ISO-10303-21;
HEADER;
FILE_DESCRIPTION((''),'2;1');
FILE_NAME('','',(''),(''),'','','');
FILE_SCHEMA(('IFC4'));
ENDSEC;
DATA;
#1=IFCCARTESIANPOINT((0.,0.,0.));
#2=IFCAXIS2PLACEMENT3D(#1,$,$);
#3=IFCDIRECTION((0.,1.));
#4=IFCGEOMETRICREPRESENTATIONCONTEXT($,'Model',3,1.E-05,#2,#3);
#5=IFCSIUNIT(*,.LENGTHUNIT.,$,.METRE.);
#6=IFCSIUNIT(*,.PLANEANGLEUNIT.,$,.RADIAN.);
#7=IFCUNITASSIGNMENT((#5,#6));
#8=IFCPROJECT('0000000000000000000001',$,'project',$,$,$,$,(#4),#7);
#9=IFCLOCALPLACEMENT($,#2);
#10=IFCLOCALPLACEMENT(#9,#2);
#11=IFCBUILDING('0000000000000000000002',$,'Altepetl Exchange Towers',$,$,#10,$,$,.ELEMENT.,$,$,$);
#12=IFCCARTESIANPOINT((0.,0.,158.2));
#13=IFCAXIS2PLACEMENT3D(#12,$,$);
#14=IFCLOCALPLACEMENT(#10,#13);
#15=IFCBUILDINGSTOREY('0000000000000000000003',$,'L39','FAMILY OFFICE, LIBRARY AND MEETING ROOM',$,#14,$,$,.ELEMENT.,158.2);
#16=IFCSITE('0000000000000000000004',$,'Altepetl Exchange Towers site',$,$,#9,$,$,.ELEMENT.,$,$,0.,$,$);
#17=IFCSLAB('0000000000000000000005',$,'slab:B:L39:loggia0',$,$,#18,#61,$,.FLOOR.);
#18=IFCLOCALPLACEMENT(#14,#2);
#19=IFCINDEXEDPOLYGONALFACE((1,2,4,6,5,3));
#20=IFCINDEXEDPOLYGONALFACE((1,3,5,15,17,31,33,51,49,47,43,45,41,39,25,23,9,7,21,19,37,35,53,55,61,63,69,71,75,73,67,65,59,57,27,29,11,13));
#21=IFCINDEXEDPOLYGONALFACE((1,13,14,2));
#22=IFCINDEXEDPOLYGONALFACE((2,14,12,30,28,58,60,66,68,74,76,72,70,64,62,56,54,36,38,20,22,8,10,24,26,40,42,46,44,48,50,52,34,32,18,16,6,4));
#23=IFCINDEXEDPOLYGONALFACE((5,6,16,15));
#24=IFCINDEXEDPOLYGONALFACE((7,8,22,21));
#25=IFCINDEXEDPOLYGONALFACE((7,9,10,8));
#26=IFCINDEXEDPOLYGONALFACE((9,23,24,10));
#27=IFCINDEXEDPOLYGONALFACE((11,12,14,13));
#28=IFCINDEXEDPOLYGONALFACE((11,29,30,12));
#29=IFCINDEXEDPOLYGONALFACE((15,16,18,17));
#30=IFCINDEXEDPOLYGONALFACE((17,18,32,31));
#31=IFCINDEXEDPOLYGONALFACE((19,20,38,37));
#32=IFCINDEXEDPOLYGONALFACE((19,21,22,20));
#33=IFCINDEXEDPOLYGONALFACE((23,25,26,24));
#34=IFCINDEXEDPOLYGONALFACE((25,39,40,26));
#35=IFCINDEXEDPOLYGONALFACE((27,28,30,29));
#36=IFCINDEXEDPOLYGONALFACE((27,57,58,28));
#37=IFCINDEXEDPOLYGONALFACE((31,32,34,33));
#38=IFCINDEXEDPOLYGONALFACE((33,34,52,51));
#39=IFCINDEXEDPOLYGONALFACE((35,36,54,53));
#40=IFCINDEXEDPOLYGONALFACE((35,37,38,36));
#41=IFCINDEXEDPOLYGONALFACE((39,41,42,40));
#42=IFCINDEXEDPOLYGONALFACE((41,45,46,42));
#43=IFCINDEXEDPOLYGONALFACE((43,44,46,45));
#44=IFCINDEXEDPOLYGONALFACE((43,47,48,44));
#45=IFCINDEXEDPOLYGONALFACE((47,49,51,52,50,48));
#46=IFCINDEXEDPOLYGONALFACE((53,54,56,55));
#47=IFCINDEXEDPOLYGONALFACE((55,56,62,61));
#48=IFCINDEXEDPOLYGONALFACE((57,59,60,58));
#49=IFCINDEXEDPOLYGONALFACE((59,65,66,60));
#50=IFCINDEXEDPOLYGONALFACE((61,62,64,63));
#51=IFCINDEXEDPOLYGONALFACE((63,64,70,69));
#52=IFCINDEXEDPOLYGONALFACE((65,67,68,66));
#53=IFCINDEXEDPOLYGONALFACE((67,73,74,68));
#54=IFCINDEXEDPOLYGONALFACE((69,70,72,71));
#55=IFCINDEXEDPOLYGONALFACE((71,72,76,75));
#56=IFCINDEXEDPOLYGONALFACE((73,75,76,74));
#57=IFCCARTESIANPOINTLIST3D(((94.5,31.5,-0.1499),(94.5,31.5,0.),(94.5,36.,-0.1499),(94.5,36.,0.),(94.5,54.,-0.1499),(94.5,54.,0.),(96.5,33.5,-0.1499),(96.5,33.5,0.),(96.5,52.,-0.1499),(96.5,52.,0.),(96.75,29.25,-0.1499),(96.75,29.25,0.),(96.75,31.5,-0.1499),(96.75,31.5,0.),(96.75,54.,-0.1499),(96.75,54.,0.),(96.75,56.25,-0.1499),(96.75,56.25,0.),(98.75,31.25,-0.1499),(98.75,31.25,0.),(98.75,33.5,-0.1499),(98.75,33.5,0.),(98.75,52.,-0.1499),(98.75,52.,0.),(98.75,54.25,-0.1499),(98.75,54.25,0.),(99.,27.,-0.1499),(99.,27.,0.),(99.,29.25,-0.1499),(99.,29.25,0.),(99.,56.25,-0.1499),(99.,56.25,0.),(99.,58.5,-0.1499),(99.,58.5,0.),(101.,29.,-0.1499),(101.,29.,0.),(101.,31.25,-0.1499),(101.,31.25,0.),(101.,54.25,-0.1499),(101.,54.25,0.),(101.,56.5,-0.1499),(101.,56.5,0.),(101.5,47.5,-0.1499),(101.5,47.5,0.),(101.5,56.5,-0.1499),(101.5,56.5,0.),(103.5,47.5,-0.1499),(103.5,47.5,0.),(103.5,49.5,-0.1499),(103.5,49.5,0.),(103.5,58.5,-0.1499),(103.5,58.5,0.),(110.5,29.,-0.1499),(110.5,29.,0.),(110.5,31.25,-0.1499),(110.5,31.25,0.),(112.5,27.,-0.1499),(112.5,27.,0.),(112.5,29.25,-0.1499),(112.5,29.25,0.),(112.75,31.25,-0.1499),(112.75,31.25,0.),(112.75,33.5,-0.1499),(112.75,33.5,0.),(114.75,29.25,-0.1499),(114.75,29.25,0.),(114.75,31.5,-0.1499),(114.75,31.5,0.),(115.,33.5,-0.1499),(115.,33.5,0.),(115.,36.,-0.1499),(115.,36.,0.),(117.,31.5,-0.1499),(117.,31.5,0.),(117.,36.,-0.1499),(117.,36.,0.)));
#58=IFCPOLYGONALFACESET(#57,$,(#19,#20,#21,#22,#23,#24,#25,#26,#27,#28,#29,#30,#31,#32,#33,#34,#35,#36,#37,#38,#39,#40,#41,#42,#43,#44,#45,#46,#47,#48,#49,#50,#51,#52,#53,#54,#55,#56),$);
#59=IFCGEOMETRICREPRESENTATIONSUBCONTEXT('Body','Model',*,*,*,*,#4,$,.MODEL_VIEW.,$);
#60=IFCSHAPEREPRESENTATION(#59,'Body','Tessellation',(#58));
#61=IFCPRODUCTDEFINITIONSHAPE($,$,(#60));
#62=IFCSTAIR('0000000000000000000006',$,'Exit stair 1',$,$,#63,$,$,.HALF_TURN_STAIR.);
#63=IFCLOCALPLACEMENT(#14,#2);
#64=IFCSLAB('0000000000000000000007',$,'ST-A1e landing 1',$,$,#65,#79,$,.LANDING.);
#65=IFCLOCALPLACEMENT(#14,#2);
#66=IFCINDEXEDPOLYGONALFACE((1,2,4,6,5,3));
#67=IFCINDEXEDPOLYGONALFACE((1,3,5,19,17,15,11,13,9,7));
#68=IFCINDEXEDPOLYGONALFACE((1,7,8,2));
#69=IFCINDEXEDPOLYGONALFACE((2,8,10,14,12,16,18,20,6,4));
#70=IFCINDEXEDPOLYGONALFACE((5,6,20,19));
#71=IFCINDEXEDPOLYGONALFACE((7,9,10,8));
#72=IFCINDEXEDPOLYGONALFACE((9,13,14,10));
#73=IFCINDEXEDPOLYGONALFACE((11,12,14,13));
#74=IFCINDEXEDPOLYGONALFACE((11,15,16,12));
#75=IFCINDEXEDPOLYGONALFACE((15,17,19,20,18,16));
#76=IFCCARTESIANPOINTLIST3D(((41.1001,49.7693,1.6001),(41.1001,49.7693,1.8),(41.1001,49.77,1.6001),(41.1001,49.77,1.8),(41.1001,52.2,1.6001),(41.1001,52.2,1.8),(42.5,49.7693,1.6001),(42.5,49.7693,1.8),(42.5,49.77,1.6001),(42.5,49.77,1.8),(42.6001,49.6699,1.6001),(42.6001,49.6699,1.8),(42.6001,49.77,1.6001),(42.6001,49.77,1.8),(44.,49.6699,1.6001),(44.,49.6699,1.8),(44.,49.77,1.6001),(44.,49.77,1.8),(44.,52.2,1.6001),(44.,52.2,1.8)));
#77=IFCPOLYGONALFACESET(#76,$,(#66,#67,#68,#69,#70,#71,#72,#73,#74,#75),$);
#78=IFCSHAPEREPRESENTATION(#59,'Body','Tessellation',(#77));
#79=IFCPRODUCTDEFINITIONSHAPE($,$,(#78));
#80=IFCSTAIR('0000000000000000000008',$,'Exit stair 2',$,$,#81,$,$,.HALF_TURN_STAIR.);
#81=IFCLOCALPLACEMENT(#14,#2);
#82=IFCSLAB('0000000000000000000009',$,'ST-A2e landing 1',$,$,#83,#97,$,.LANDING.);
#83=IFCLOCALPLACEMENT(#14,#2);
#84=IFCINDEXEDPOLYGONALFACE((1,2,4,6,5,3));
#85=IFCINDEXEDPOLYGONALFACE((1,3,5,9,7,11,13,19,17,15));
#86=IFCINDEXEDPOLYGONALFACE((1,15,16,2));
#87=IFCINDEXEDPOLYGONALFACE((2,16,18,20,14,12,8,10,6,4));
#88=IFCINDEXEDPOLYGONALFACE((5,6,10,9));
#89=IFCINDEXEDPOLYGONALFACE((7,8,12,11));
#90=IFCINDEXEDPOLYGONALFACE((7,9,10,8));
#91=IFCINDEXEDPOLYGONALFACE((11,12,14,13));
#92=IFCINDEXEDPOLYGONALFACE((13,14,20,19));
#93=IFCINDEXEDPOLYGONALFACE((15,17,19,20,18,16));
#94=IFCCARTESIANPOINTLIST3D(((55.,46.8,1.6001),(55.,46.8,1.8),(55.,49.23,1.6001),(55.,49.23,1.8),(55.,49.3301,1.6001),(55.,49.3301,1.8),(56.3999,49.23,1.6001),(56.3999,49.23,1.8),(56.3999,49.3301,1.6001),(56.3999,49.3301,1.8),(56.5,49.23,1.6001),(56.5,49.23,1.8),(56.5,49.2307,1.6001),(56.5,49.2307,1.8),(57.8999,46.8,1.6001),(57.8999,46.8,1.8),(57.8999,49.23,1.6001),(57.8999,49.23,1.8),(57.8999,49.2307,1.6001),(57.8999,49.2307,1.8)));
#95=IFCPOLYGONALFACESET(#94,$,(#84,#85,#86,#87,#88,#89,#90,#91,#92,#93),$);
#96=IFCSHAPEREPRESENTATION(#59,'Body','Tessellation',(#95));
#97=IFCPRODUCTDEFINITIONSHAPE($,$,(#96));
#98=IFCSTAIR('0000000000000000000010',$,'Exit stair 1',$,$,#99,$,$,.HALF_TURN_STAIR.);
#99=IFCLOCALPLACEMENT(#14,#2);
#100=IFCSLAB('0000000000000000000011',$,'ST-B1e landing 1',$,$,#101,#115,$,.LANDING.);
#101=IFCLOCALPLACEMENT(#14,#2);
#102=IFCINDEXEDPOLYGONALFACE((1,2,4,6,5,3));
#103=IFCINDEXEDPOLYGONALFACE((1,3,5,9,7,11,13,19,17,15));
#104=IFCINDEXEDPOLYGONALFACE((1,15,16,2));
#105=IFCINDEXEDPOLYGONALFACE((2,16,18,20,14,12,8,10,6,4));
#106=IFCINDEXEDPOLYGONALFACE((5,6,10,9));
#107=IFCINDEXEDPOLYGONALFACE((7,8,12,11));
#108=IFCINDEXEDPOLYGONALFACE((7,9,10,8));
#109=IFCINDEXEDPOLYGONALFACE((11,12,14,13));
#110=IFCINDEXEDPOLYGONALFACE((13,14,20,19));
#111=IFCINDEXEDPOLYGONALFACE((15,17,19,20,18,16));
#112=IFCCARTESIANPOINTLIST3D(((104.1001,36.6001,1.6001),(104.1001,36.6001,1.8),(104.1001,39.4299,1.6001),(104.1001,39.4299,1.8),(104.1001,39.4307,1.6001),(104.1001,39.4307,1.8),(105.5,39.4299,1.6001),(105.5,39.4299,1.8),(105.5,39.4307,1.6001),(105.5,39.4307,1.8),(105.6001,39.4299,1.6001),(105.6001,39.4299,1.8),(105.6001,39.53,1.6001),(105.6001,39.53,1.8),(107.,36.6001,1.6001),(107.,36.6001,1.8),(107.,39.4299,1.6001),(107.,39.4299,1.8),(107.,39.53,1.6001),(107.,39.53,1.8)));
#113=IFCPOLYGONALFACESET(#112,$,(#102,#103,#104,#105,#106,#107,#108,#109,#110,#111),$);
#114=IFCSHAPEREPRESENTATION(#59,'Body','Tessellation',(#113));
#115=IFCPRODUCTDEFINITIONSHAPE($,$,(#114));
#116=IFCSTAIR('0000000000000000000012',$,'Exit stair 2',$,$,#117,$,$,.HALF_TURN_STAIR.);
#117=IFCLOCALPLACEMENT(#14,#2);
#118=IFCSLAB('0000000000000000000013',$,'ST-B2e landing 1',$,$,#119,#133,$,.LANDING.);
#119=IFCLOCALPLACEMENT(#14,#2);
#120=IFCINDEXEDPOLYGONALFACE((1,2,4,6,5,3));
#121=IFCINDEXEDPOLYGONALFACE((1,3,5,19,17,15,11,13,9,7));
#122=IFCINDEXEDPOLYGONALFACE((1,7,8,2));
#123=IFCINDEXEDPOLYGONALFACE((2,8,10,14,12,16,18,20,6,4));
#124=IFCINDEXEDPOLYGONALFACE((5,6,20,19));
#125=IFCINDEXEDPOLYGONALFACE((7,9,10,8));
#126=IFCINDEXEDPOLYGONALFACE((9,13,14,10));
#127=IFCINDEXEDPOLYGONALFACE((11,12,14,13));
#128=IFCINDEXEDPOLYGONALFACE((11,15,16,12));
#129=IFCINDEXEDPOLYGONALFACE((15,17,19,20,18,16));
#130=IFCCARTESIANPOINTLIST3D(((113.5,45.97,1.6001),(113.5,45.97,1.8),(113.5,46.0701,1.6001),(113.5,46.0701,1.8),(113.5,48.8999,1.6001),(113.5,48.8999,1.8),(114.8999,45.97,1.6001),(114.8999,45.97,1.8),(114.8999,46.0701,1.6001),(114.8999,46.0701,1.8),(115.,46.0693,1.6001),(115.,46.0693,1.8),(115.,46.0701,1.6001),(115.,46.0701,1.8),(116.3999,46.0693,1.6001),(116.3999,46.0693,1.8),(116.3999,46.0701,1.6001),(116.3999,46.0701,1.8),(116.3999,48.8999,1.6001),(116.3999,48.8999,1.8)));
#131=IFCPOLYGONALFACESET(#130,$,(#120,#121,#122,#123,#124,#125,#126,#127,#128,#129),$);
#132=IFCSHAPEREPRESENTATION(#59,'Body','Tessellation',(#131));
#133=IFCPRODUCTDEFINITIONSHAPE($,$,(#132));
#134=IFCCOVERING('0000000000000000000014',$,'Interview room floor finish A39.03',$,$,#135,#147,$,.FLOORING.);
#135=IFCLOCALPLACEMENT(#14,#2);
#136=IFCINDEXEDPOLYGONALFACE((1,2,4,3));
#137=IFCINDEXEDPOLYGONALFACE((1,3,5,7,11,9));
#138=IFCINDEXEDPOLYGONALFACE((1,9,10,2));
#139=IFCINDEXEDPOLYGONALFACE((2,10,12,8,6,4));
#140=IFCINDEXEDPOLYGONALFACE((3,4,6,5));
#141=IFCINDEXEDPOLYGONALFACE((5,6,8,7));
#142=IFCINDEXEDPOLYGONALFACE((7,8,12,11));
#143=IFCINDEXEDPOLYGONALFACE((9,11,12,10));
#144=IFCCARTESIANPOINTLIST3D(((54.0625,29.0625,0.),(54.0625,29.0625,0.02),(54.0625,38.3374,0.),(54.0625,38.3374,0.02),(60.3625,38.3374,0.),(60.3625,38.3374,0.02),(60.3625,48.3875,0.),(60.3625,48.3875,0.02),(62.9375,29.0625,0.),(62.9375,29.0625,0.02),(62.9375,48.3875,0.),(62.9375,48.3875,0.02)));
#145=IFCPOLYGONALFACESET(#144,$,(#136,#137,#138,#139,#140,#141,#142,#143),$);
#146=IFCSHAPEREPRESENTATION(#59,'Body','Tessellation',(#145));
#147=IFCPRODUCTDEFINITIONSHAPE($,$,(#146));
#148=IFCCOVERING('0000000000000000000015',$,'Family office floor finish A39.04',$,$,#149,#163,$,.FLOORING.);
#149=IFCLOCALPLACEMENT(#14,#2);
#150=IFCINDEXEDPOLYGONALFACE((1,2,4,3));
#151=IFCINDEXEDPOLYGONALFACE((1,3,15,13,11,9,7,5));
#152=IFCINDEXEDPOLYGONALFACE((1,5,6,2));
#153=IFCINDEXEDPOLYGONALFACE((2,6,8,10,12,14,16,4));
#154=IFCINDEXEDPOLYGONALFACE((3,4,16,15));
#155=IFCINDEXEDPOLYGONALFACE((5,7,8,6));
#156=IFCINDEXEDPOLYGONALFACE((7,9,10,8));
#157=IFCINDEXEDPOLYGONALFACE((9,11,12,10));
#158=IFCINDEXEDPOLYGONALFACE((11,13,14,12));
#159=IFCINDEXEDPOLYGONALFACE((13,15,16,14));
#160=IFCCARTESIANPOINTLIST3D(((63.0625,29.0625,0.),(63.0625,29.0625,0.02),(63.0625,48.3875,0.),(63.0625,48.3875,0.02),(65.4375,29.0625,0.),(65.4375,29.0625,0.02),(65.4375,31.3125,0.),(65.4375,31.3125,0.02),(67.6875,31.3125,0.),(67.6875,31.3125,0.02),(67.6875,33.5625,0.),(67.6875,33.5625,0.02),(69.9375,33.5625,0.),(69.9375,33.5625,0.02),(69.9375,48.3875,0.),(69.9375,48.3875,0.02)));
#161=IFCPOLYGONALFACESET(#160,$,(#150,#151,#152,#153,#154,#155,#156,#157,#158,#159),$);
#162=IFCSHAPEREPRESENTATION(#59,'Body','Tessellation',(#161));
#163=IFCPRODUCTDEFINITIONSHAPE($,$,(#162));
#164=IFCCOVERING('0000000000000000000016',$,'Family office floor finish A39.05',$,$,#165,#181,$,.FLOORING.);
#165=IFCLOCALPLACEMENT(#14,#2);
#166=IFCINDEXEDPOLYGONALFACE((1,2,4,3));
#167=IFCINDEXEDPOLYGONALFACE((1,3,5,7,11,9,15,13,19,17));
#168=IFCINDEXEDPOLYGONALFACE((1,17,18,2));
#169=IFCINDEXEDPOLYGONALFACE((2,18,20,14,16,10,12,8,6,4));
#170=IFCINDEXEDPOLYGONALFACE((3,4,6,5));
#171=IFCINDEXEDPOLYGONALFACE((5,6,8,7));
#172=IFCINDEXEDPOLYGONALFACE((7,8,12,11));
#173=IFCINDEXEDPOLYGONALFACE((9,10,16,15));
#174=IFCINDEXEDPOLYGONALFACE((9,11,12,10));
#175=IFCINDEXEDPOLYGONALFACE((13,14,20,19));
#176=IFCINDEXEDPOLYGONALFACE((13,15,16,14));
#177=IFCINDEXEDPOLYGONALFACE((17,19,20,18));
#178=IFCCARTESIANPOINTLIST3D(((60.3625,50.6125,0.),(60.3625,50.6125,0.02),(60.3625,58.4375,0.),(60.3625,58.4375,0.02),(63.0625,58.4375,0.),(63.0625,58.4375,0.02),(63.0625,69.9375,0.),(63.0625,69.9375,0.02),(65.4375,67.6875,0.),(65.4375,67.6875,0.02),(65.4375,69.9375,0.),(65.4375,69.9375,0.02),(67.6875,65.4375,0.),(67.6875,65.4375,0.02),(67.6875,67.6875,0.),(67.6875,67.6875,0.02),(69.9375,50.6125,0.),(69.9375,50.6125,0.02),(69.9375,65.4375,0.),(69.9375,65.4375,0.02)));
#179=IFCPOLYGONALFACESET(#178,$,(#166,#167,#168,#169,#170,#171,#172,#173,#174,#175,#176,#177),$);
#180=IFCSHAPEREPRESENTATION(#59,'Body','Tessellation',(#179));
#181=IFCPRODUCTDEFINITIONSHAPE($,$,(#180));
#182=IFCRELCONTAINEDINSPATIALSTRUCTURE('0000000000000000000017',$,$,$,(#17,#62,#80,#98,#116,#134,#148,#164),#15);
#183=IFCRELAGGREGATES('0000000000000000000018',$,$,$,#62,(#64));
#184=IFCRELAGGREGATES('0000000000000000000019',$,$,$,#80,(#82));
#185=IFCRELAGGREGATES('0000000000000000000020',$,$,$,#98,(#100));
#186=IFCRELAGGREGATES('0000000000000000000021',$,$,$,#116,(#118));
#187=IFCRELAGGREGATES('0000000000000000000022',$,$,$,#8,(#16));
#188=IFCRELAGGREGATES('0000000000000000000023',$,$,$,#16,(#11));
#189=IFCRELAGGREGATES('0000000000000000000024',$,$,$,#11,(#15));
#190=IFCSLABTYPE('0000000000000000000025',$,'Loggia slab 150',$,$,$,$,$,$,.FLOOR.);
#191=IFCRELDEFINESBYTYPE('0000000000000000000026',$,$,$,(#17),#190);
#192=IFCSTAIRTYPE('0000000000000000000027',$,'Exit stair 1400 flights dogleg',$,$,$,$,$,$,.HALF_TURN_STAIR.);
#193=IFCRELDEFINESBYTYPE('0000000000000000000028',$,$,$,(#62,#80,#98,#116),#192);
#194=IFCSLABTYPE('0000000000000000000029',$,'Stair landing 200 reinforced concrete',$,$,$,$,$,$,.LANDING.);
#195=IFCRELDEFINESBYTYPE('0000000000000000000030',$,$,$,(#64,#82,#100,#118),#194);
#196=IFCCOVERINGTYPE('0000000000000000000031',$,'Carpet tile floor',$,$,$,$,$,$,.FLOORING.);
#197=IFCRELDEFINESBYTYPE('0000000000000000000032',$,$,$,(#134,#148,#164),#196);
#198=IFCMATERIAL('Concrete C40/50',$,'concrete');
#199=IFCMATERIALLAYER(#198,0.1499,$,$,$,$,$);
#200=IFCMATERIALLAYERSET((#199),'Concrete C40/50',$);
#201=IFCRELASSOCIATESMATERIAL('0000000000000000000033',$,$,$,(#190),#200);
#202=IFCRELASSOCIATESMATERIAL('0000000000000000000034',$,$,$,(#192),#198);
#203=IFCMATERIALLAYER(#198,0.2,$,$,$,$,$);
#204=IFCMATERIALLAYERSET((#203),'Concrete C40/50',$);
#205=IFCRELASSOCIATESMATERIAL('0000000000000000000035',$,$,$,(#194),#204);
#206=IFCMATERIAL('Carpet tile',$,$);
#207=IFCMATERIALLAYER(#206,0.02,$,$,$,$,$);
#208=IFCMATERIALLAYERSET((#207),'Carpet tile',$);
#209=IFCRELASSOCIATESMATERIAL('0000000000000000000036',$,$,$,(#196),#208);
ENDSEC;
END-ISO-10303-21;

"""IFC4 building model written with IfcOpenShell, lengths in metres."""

from ifc_helpers import new_model, si_unit, direction, frame, origin, place, context, subcontext, project, spatial, polyline, outline, extrude, material, layer, layer_set, type_object, element, aggregate, save


model = new_model("IFC4")

# Units and contexts
model_context = context("Model", 3, precision=1e-05, world=origin(), true_north=direction((0.0, 1.0)))
body_context = subcontext(model_context, "Body", "Model", "MODEL_VIEW")
ifc_project = project(units=[si_unit("LENGTHUNIT", "METRE"), si_unit("PLANEANGLEUNIT", "RADIAN")], contexts=[model_context])

# Site, building, storey
site_placement = place(None, origin())
site = spatial("IfcSite", under=ifc_project, at=site_placement, Name="Altepetl Exchange Towers site", CompositionType="ELEMENT", RefElevation=0.0)
building_placement = place(site_placement, origin())
building = spatial("IfcBuilding", under=site, at=building_placement, Name="Altepetl Exchange Towers", CompositionType="ELEMENT")
storey_placement = place(building_placement, frame((0.0, 0.0, 158.2)))
storey = spatial("IfcBuildingStorey", under=building, at=storey_placement, Name="L39", Description="FAMILY OFFICE, LIBRARY AND MEETING ROOM", CompositionType="ELEMENT", Elevation=158.2)

# Shared definitions
ifc_material_1 = material(Name="Concrete C40/50", Category="concrete")

# Slab
ifc_layer_1 = layer(ifc_material_1, 0.1499)
ifc_layer_set_1 = layer_set([ifc_layer_1], Name="Concrete C40/50")
slab_type_1 = type_object("IfcSlabType", Name="Loggia slab 150", PredefinedType="FLOOR", material=ifc_layer_set_1)
slab_1_placement = place(storey_placement, frame((0.0, 0.0, -0.1499)))
element("IfcSlab", 1, at=slab_1_placement, inside=storey, type_object=slab_type_1, Name="slab:B:L39:loggia0", PredefinedType="FLOOR", context=body_context, shape_type="SweptSolid", body=[
    extrude(outline(polyline([(99.0, 29.25), (99.0, 27.0), (112.5, 27.0), (112.5, 29.25), (114.75, 29.25), (114.75, 31.5), (117.0, 31.5), (117.0, 36.0), (115.0, 36.0), (115.0, 33.5), (112.75, 33.5), (112.75, 31.25), (110.5, 31.25), (110.5, 29.0), (101.0, 29.0), (101.0, 31.25), (98.75, 31.25), (98.75, 33.5), (96.5, 33.5), (96.5, 52.0), (98.75, 52.0), (98.75, 54.25), (101.0, 54.25), (101.0, 56.5), (101.5, 56.5), (101.5, 47.5), (103.5, 47.5), (103.5, 49.5), (103.5, 58.5), (99.0, 58.5), (99.0, 56.25), (96.75, 56.25), (96.75, 54.0), (94.5, 54.0), (94.5, 36.0), (94.5, 31.5), (96.75, 31.5), (96.75, 29.25), (99.0, 29.25)])), origin(), (0.0, 0.0, 1.0), 0.1499),
])

# Stairs, slabs
stair_type = type_object("IfcStairType", Name="Exit stair 1400 flights dogleg", PredefinedType="HALF_TURN_STAIR", material=ifc_material_1)
stair_1_placement = place(storey_placement, origin())
stair_1 = element("IfcStair", 2, at=stair_1_placement, inside=storey, type_object=stair_type, Name="Exit stair 1", PredefinedType="HALF_TURN_STAIR")
ifc_layer_2 = layer(ifc_material_1, 0.2)
ifc_layer_set_2 = layer_set([ifc_layer_2], Name="Concrete C40/50")
slab_type_2 = type_object("IfcSlabType", Name="Stair landing 200 reinforced concrete", PredefinedType="LANDING", material=ifc_layer_set_2)
slab_2_placement = place(storey_placement, frame((0.0, 0.0, 1.6001)))
slab_2 = element("IfcSlab", 3, at=slab_2_placement, type_object=slab_type_2, Name="ST-A1e landing 1", PredefinedType="LANDING", context=body_context, shape_type="SweptSolid", body=[
    extrude(outline(polyline([(44.0, 49.6699), (42.6001, 49.6699), (42.6001, 49.77), (42.5, 49.77), (42.5, 49.7693), (41.1001, 49.7693), (41.1001, 49.77), (41.1001, 52.2), (44.0, 52.2), (44.0, 49.77), (44.0, 49.6699)])), origin(), (0.0, 0.0, 1.0), 0.2),
])
aggregate(stair_1, [slab_2])
stair_2_placement = place(storey_placement, origin())
stair_2 = element("IfcStair", 4, at=stair_2_placement, inside=storey, type_object=stair_type, Name="Exit stair 2", PredefinedType="HALF_TURN_STAIR")
slab_3_placement = place(storey_placement, frame((0.0, 0.0, 1.6001)))
slab_3 = element("IfcSlab", 5, at=slab_3_placement, type_object=slab_type_2, Name="ST-A2e landing 1", PredefinedType="LANDING", context=body_context, shape_type="SweptSolid", body=[
    extrude(outline(polyline([(57.8999, 46.8), (55.0, 46.8), (55.0, 49.23), (55.0, 49.3301), (56.3999, 49.3301), (56.3999, 49.23), (56.5, 49.23), (56.5, 49.2307), (57.8999, 49.2307), (57.8999, 49.23), (57.8999, 46.8)])), origin(), (0.0, 0.0, 1.0), 0.2),
])
aggregate(stair_2, [slab_3])
stair_3_placement = place(storey_placement, origin())
stair_3 = element("IfcStair", 6, at=stair_3_placement, inside=storey, type_object=stair_type, Name="Exit stair 1", PredefinedType="HALF_TURN_STAIR")
slab_4_placement = place(storey_placement, frame((0.0, 0.0, 1.6001)))
slab_4 = element("IfcSlab", 7, at=slab_4_placement, type_object=slab_type_2, Name="ST-B1e landing 1", PredefinedType="LANDING", context=body_context, shape_type="SweptSolid", body=[
    extrude(outline(polyline([(107.0, 36.6001), (104.1001, 36.6001), (104.1001, 39.4299), (104.1001, 39.4307), (105.5, 39.4307), (105.5, 39.4299), (105.6001, 39.4299), (105.6001, 39.53), (107.0, 39.53), (107.0, 39.4299), (107.0, 36.6001)])), origin(), (0.0, 0.0, 1.0), 0.2),
])
aggregate(stair_3, [slab_4])
stair_4_placement = place(storey_placement, origin())
stair_4 = element("IfcStair", 8, at=stair_4_placement, inside=storey, type_object=stair_type, Name="Exit stair 2", PredefinedType="HALF_TURN_STAIR")
slab_5_placement = place(storey_placement, frame((0.0, 0.0, 1.6001)))
slab_5 = element("IfcSlab", 9, at=slab_5_placement, type_object=slab_type_2, Name="ST-B2e landing 1", PredefinedType="LANDING", context=body_context, shape_type="SweptSolid", body=[
    extrude(outline(polyline([(114.8999, 45.97), (113.5, 45.97), (113.5, 46.0701), (113.5, 48.8999), (116.3999, 48.8999), (116.3999, 46.0701), (116.3999, 46.0693), (115.0, 46.0693), (115.0, 46.0701), (114.8999, 46.0701), (114.8999, 45.97)])), origin(), (0.0, 0.0, 1.0), 0.2),
])
aggregate(stair_4, [slab_5])

# Coverings
ifc_material_2 = material(Name="Carpet tile")
ifc_layer_3 = layer(ifc_material_2, 0.02)
ifc_layer_set_3 = layer_set([ifc_layer_3], Name="Carpet tile")
covering_type_1 = type_object("IfcCoveringType", Name="Carpet tile floor", PredefinedType="FLOORING", material=ifc_layer_set_3)
covering_1_placement = place(storey_placement, origin())
element("IfcCovering", 10, at=covering_1_placement, inside=storey, type_object=covering_type_1, Name="Interview room floor finish A39.03", PredefinedType="FLOORING", context=body_context, shape_type="SweptSolid", body=[
    extrude(outline(polyline([(62.9375, 29.0625), (62.9375, 48.3875), (60.3625, 48.3875), (60.3625, 38.3374), (54.0625, 38.3374), (54.0625, 29.0625), (62.9375, 29.0625)])), origin(), (0.0, 0.0, 1.0), 0.02),
])
covering_2_placement = place(storey_placement, origin())
element("IfcCovering", 11, at=covering_2_placement, inside=storey, type_object=covering_type_1, Name="Family office floor finish A39.04", PredefinedType="FLOORING", context=body_context, shape_type="SweptSolid", body=[
    extrude(outline(polyline([(67.6875, 33.5625), (69.9375, 33.5625), (69.9375, 48.3875), (63.0625, 48.3875), (63.0625, 29.0625), (65.4375, 29.0625), (65.4375, 31.3125), (67.6875, 31.3125), (67.6875, 33.5625)])), origin(), (0.0, 0.0, 1.0), 0.02),
])
covering_3_placement = place(storey_placement, origin())
element("IfcCovering", 12, at=covering_3_placement, inside=storey, type_object=covering_type_1, Name="Family office floor finish A39.05", PredefinedType="FLOORING", context=body_context, shape_type="SweptSolid", body=[
    extrude(outline(polyline([(60.3625, 50.6125), (69.9375, 50.6125), (69.9375, 65.4375), (67.6875, 65.4375), (67.6875, 67.6875), (65.4375, 67.6875), (65.4375, 69.9375), (63.0625, 69.9375), (63.0625, 58.4375), (60.3625, 58.4375), (60.3625, 50.6125)])), origin(), (0.0, 0.0, 1.0), 0.02),
])

save(model, "model.ifc")
